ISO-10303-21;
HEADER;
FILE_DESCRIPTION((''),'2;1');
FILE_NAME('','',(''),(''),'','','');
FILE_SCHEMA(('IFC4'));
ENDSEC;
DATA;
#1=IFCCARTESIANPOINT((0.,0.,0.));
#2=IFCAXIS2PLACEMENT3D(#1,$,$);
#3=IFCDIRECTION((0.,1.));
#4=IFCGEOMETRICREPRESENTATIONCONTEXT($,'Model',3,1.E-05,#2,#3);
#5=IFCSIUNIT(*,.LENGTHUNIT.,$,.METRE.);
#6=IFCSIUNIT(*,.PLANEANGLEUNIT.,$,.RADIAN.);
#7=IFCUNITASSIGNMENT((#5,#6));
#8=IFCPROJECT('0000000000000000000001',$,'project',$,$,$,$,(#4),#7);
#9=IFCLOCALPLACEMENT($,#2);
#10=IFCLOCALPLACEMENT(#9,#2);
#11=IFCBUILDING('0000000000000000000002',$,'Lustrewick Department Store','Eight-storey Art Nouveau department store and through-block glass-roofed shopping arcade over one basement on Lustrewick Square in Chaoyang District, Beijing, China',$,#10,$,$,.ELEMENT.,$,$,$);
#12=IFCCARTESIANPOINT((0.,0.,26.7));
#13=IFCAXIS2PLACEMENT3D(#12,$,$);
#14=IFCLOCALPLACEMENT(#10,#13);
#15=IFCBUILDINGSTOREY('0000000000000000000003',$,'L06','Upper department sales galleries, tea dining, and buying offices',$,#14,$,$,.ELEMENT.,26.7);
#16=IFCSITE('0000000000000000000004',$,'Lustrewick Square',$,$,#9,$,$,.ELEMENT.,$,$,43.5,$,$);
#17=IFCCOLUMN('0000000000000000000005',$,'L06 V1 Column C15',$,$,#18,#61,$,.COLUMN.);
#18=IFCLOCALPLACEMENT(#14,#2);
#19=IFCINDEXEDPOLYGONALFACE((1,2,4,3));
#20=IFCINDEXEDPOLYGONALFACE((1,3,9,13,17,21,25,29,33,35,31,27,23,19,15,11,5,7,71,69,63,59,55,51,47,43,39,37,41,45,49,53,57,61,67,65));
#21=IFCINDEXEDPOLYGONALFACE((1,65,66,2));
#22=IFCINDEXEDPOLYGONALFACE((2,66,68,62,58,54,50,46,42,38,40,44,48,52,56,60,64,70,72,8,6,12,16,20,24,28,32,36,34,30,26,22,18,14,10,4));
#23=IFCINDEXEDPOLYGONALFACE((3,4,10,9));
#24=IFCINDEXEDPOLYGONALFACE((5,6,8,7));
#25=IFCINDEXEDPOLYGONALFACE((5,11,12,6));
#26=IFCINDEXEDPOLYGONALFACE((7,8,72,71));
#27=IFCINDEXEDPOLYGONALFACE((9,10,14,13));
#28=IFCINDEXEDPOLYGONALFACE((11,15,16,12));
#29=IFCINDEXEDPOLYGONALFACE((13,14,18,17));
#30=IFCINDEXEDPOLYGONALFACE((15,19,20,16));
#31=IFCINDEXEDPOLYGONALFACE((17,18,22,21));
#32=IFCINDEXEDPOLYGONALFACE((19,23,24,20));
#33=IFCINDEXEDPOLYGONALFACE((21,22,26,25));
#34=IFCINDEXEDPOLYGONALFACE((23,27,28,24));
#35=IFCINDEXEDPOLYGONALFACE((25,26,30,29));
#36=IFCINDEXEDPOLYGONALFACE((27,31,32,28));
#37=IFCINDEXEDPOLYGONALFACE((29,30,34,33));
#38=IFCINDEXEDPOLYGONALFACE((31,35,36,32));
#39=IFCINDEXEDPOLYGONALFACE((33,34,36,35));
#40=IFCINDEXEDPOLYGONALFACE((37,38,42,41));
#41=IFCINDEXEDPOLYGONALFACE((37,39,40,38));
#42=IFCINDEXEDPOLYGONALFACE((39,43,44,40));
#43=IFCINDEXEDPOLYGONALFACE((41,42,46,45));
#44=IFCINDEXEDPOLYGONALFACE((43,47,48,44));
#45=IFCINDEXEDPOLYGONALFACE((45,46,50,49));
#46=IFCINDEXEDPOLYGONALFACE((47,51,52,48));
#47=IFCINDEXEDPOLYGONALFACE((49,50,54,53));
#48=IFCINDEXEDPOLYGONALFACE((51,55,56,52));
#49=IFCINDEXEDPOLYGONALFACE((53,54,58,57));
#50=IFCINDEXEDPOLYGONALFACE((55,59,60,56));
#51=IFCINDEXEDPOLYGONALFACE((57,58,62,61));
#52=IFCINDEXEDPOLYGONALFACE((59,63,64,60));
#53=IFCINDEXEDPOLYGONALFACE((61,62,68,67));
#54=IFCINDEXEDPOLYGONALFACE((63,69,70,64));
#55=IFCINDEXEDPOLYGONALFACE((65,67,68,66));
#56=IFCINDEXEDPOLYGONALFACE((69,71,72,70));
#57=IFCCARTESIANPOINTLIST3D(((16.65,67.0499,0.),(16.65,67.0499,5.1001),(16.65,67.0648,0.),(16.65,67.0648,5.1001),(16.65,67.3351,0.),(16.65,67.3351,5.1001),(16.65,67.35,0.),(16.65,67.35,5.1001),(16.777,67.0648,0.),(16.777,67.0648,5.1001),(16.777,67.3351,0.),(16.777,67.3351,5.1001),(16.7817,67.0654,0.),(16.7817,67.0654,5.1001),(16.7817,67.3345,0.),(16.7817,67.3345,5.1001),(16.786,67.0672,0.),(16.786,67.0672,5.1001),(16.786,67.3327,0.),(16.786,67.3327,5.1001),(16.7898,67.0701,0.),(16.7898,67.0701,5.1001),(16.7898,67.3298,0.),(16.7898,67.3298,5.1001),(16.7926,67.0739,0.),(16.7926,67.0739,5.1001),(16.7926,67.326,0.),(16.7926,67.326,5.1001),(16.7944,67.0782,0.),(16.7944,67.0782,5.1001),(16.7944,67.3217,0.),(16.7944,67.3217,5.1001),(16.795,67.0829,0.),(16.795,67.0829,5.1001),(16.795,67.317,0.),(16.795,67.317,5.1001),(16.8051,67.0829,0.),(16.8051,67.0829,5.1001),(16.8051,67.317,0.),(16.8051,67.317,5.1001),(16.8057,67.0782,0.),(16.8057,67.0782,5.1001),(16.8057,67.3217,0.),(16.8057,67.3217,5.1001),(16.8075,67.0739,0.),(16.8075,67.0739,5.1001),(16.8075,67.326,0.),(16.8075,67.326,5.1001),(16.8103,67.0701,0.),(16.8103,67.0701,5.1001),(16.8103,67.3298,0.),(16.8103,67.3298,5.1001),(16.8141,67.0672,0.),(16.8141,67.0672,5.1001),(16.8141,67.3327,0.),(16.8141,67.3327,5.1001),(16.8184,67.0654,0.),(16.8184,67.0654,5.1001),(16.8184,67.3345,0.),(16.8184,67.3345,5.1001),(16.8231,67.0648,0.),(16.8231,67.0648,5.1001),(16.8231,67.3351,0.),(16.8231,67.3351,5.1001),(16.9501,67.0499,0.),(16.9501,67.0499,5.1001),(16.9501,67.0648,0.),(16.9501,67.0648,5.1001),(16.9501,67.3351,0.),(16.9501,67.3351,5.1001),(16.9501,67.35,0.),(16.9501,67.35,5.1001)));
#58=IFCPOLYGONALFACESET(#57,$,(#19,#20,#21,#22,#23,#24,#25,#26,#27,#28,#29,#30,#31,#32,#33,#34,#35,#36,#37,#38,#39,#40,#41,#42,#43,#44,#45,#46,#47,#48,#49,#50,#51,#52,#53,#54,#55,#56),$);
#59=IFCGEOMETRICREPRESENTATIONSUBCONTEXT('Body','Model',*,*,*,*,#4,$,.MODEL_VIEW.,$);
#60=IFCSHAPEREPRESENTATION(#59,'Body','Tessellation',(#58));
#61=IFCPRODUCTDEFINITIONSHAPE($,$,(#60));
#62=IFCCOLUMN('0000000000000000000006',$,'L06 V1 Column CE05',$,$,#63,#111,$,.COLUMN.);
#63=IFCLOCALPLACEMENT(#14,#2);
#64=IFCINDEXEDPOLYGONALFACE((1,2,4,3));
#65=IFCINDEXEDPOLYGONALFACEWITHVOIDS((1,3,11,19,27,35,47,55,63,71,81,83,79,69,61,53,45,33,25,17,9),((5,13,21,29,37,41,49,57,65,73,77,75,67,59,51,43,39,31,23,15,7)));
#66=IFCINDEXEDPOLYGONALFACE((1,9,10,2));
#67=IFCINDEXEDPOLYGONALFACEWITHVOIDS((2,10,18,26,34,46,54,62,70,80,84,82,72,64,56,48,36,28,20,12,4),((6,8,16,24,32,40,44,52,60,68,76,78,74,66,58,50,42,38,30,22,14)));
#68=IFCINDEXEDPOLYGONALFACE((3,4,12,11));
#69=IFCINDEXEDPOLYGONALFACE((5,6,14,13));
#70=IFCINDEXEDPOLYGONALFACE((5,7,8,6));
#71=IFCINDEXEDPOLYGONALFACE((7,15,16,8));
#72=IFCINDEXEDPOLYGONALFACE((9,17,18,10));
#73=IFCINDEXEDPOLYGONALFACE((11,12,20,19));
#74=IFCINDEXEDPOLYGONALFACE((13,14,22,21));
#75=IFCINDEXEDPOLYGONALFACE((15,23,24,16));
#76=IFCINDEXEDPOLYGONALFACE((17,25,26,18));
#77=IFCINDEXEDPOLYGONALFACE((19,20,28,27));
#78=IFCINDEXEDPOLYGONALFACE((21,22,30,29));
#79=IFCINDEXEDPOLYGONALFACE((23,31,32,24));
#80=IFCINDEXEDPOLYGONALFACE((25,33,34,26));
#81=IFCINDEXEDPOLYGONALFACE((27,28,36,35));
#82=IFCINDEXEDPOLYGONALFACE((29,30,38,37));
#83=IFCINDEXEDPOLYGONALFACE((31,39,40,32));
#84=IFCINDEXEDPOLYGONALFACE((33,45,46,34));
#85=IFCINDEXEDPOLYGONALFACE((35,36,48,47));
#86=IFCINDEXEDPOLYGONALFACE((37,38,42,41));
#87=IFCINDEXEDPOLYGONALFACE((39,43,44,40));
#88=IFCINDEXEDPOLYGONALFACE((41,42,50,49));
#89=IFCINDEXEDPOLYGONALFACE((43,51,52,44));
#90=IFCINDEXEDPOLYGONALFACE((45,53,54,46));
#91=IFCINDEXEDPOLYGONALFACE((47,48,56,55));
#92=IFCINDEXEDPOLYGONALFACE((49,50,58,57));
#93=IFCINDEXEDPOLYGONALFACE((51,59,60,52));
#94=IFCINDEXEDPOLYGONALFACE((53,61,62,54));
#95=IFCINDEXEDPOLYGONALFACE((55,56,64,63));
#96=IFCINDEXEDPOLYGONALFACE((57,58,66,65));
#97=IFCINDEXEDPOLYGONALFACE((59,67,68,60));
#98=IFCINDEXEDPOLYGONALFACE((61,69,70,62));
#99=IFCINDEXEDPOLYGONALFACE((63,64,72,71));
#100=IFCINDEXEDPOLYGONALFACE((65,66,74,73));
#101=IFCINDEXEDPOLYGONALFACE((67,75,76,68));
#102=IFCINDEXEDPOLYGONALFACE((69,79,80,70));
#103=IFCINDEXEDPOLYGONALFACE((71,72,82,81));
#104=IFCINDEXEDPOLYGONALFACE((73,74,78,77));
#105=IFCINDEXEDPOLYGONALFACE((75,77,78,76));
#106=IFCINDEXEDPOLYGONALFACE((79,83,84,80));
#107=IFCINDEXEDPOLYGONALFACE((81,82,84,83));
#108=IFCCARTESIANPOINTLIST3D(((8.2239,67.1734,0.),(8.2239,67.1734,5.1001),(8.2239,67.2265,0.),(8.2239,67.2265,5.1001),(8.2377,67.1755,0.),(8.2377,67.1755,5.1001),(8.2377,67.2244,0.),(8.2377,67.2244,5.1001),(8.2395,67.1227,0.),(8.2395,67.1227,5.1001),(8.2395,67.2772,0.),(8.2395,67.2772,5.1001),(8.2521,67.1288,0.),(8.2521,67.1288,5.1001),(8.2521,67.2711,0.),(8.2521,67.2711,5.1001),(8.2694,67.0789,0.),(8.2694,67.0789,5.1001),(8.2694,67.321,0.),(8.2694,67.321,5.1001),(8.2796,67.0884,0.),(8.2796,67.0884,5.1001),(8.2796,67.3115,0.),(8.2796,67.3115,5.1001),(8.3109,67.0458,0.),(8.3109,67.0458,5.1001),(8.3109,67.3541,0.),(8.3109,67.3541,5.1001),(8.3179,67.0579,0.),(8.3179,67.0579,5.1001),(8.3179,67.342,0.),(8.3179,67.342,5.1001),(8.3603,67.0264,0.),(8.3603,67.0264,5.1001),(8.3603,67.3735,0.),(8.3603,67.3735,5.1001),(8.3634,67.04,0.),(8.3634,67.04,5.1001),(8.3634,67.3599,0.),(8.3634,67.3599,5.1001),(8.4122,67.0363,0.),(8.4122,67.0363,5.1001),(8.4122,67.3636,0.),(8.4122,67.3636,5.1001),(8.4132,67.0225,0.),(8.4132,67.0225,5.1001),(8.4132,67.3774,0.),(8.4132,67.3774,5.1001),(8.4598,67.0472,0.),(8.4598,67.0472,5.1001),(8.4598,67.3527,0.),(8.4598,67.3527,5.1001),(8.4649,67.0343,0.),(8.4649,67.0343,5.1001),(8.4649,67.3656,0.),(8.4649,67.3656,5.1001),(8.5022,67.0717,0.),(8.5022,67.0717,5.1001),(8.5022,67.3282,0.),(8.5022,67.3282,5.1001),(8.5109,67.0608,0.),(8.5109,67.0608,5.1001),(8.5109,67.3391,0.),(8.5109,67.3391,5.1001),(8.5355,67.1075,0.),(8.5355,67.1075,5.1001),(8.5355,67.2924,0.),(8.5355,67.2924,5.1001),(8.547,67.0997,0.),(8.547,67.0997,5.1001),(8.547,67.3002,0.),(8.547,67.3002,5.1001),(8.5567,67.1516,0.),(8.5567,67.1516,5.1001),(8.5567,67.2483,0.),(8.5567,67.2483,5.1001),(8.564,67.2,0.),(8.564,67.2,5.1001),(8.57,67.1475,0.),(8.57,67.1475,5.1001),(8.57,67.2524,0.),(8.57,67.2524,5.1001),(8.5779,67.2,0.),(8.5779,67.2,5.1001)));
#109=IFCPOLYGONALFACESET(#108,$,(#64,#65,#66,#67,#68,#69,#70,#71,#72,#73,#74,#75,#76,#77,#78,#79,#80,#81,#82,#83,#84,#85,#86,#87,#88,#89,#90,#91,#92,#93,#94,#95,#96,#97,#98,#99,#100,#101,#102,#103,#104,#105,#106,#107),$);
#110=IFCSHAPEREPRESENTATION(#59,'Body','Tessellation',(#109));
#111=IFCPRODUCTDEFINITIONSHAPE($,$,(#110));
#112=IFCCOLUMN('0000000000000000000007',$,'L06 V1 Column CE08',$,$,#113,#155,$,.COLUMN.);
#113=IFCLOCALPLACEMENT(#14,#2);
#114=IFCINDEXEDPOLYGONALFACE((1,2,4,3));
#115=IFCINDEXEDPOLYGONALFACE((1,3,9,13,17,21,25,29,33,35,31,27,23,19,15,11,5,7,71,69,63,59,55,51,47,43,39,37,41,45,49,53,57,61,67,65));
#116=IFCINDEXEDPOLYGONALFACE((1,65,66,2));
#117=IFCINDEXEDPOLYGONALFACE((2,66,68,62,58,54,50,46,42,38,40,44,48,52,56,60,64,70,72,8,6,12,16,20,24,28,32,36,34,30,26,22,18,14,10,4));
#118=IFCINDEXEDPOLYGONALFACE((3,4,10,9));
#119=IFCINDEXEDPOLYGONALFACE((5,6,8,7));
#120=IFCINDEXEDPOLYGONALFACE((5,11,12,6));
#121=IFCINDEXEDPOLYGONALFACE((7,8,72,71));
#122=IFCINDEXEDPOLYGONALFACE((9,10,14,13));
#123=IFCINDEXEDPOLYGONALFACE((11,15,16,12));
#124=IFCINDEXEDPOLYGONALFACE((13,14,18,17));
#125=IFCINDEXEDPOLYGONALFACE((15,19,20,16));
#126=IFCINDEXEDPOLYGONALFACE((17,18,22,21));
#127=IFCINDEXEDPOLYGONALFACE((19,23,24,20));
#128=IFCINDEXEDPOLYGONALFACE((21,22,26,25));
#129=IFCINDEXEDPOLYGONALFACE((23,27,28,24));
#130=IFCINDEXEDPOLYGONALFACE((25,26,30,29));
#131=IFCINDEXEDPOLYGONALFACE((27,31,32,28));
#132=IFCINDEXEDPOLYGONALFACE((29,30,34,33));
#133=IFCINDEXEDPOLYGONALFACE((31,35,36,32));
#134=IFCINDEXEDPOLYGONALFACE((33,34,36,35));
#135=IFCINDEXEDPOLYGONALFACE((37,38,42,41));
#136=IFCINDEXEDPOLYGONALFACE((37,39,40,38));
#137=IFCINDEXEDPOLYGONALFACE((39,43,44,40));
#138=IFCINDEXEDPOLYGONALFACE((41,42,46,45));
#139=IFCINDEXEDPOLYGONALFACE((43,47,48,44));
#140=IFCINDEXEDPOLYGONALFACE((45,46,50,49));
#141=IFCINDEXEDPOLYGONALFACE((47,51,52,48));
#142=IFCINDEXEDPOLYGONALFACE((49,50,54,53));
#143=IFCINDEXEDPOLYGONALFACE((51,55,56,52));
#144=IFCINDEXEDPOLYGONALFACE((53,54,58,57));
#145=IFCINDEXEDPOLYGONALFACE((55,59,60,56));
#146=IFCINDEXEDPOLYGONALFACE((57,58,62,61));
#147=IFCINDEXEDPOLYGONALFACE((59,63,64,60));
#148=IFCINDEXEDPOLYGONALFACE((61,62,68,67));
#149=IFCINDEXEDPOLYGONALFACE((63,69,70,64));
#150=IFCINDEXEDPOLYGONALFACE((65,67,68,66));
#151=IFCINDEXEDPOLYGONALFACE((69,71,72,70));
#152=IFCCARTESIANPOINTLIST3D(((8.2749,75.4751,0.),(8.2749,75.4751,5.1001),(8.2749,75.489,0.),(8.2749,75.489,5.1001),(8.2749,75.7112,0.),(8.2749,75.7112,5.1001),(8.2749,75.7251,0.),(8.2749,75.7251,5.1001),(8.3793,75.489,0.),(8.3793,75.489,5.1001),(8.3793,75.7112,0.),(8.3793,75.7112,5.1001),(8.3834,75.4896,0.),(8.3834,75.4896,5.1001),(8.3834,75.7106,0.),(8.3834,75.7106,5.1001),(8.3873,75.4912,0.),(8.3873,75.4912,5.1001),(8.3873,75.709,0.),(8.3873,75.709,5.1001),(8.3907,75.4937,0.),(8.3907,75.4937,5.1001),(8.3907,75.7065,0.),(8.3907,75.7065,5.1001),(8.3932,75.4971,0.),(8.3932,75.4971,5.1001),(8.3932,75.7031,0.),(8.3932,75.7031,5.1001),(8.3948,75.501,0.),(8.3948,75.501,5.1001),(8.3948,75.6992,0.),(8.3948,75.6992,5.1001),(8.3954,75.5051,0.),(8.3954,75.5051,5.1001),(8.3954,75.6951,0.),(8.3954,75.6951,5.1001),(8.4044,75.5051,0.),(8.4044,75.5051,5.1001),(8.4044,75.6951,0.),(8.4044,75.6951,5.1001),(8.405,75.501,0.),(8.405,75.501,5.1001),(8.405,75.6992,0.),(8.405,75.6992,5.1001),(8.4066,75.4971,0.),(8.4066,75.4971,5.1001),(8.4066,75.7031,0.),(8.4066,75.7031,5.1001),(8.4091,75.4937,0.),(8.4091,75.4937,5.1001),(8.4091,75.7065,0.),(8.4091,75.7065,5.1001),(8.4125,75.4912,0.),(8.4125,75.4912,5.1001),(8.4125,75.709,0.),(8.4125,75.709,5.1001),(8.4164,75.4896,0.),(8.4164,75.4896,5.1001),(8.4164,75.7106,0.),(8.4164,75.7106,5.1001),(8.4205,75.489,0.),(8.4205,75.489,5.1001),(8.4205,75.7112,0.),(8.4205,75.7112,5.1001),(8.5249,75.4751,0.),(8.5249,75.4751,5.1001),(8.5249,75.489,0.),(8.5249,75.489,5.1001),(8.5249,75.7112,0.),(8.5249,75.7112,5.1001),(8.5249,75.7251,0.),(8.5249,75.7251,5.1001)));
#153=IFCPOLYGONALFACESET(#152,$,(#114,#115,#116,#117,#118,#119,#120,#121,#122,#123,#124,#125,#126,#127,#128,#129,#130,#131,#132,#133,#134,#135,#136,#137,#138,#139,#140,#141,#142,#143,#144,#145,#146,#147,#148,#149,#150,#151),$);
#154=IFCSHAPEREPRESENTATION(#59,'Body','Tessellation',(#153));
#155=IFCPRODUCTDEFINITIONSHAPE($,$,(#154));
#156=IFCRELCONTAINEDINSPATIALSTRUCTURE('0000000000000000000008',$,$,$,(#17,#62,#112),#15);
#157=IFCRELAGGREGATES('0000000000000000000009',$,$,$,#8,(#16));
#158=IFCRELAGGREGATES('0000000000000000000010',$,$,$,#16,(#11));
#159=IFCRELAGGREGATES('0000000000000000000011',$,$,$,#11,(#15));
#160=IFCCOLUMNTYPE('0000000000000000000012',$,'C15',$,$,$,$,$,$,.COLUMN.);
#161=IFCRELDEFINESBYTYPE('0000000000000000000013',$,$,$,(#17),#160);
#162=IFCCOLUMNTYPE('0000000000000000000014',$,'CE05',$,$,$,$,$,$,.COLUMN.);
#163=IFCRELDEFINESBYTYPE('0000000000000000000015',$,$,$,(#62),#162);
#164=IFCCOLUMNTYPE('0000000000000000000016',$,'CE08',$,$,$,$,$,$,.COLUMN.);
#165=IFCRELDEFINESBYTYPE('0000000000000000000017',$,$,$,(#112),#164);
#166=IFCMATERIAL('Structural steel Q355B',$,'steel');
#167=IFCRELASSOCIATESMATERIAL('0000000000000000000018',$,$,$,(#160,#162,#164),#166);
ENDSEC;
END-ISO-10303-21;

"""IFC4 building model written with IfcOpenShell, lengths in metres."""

from ifc_helpers import new_model, si_unit, direction, frame, origin, origin_2d, place, context, subcontext, project, spatial, hollow_circle, i_section, extrude, material, material_profile, profile_set, type_object, element, save


model = new_model("IFC4")

# Units and contexts
model_context = context("Model", 3, precision=1e-05, world=origin(), true_north=direction((0.0, 1.0)))
body_context = subcontext(model_context, "Body", "Model", "MODEL_VIEW")
ifc_project = project(units=[si_unit("LENGTHUNIT", "METRE"), si_unit("PLANEANGLEUNIT", "RADIAN")], contexts=[model_context])

# Site, building, storey
site_placement = place(None, origin())
site = spatial("IfcSite", under=ifc_project, at=site_placement, Name="Lustrewick Square", CompositionType="ELEMENT", RefElevation=43.5)
building_placement = place(site_placement, origin())
building = spatial("IfcBuilding", under=site, at=building_placement, Name="Lustrewick Department Store", Description="Eight-storey Art Nouveau department store and through-block glass-roofed shopping arcade over one basement on Lustrewick Square in Chaoyang District, Beijing, China", CompositionType="ELEMENT")
storey_placement = place(building_placement, frame((0.0, 0.0, 26.7)))
storey = spatial("IfcBuildingStorey", under=building, at=storey_placement, Name="L06", Description="Upper department sales galleries, tea dining, and buying offices", CompositionType="ELEMENT", Elevation=26.7)

# Columns
ifc_material_1 = material(Name="Structural steel Q355B", Category="steel")
ifc_material_profile_1 = material_profile(ifc_material_1, i_section(OverallWidth=0.3, OverallDepth=0.3, WebThickness=0.01, FlangeThickness=0.0149, FilletRadius=0.0181, at=origin_2d()), Name="HW 300x300x10x15")
ifc_profile_set_1 = profile_set([ifc_material_profile_1], Name="Structural steel Q355B")
column_type_1 = type_object("IfcColumnType", Name="C15", PredefinedType="COLUMN", material=ifc_profile_set_1)
column_1_placement = place(storey_placement, frame((16.8, 67.2, 0.0), z_axis=(0.0, 0.0, 1.0), x_axis=(1.0, 0.0, 0.0)))
element("IfcColumn", 1, at=column_1_placement, inside=storey, type_object=column_type_1, Name="L06 V1 Column C15", PredefinedType="COLUMN", context=body_context, shape_type="SweptSolid", body=[
    extrude(i_section(OverallWidth=0.3, OverallDepth=0.3, WebThickness=0.01, FlangeThickness=0.0149, FilletRadius=0.0181, at=origin_2d()), origin(), (0.0, 0.0, 1.0), 5.1001),
])
ifc_material_profile_2 = material_profile(ifc_material_1, hollow_circle(Radius=0.178, WallThickness=0.0139, at=origin_2d()), Name="CHS 356x14")
ifc_profile_set_2 = profile_set([ifc_material_profile_2], Name="Structural steel Q355B")
column_type_2 = type_object("IfcColumnType", Name="CE05", PredefinedType="COLUMN", material=ifc_profile_set_2)
column_2_placement = place(storey_placement, frame((8.3999, 67.2, 0.0), z_axis=(0.0, 0.0, 1.0), x_axis=(1.0, 0.0, 0.0)))
element("IfcColumn", 2, at=column_2_placement, inside=storey, type_object=column_type_2, Name="L06 V1 Column CE05", PredefinedType="COLUMN", context=body_context, shape_type="SweptSolid", body=[
    extrude(hollow_circle(Radius=0.178, WallThickness=0.0139, at=origin_2d()), origin(), (0.0, 0.0, 1.0), 5.1001),
])
ifc_material_profile_3 = material_profile(ifc_material_1, i_section(OverallWidth=0.25, OverallDepth=0.25, WebThickness=0.009, FlangeThickness=0.0139, FilletRadius=0.0161, at=origin_2d()), Name="HW 250x250x9x14")
ifc_profile_set_3 = profile_set([ifc_material_profile_3], Name="Structural steel Q355B")
column_type_3 = type_object("IfcColumnType", Name="CE08", PredefinedType="COLUMN", material=ifc_profile_set_3)
column_3_placement = place(storey_placement, frame((8.3999, 75.6001, 0.0), z_axis=(0.0, 0.0, 1.0), x_axis=(1.0, 0.0, 0.0)))
element("IfcColumn", 3, at=column_3_placement, inside=storey, type_object=column_type_3, Name="L06 V1 Column CE08", PredefinedType="COLUMN", context=body_context, shape_type="SweptSolid", body=[
    extrude(i_section(OverallWidth=0.25, OverallDepth=0.25, WebThickness=0.009, FlangeThickness=0.0139, FilletRadius=0.0161, at=origin_2d()), origin(), (0.0, 0.0, 1.0), 5.1001),
])

save(model, "model.ifc")
